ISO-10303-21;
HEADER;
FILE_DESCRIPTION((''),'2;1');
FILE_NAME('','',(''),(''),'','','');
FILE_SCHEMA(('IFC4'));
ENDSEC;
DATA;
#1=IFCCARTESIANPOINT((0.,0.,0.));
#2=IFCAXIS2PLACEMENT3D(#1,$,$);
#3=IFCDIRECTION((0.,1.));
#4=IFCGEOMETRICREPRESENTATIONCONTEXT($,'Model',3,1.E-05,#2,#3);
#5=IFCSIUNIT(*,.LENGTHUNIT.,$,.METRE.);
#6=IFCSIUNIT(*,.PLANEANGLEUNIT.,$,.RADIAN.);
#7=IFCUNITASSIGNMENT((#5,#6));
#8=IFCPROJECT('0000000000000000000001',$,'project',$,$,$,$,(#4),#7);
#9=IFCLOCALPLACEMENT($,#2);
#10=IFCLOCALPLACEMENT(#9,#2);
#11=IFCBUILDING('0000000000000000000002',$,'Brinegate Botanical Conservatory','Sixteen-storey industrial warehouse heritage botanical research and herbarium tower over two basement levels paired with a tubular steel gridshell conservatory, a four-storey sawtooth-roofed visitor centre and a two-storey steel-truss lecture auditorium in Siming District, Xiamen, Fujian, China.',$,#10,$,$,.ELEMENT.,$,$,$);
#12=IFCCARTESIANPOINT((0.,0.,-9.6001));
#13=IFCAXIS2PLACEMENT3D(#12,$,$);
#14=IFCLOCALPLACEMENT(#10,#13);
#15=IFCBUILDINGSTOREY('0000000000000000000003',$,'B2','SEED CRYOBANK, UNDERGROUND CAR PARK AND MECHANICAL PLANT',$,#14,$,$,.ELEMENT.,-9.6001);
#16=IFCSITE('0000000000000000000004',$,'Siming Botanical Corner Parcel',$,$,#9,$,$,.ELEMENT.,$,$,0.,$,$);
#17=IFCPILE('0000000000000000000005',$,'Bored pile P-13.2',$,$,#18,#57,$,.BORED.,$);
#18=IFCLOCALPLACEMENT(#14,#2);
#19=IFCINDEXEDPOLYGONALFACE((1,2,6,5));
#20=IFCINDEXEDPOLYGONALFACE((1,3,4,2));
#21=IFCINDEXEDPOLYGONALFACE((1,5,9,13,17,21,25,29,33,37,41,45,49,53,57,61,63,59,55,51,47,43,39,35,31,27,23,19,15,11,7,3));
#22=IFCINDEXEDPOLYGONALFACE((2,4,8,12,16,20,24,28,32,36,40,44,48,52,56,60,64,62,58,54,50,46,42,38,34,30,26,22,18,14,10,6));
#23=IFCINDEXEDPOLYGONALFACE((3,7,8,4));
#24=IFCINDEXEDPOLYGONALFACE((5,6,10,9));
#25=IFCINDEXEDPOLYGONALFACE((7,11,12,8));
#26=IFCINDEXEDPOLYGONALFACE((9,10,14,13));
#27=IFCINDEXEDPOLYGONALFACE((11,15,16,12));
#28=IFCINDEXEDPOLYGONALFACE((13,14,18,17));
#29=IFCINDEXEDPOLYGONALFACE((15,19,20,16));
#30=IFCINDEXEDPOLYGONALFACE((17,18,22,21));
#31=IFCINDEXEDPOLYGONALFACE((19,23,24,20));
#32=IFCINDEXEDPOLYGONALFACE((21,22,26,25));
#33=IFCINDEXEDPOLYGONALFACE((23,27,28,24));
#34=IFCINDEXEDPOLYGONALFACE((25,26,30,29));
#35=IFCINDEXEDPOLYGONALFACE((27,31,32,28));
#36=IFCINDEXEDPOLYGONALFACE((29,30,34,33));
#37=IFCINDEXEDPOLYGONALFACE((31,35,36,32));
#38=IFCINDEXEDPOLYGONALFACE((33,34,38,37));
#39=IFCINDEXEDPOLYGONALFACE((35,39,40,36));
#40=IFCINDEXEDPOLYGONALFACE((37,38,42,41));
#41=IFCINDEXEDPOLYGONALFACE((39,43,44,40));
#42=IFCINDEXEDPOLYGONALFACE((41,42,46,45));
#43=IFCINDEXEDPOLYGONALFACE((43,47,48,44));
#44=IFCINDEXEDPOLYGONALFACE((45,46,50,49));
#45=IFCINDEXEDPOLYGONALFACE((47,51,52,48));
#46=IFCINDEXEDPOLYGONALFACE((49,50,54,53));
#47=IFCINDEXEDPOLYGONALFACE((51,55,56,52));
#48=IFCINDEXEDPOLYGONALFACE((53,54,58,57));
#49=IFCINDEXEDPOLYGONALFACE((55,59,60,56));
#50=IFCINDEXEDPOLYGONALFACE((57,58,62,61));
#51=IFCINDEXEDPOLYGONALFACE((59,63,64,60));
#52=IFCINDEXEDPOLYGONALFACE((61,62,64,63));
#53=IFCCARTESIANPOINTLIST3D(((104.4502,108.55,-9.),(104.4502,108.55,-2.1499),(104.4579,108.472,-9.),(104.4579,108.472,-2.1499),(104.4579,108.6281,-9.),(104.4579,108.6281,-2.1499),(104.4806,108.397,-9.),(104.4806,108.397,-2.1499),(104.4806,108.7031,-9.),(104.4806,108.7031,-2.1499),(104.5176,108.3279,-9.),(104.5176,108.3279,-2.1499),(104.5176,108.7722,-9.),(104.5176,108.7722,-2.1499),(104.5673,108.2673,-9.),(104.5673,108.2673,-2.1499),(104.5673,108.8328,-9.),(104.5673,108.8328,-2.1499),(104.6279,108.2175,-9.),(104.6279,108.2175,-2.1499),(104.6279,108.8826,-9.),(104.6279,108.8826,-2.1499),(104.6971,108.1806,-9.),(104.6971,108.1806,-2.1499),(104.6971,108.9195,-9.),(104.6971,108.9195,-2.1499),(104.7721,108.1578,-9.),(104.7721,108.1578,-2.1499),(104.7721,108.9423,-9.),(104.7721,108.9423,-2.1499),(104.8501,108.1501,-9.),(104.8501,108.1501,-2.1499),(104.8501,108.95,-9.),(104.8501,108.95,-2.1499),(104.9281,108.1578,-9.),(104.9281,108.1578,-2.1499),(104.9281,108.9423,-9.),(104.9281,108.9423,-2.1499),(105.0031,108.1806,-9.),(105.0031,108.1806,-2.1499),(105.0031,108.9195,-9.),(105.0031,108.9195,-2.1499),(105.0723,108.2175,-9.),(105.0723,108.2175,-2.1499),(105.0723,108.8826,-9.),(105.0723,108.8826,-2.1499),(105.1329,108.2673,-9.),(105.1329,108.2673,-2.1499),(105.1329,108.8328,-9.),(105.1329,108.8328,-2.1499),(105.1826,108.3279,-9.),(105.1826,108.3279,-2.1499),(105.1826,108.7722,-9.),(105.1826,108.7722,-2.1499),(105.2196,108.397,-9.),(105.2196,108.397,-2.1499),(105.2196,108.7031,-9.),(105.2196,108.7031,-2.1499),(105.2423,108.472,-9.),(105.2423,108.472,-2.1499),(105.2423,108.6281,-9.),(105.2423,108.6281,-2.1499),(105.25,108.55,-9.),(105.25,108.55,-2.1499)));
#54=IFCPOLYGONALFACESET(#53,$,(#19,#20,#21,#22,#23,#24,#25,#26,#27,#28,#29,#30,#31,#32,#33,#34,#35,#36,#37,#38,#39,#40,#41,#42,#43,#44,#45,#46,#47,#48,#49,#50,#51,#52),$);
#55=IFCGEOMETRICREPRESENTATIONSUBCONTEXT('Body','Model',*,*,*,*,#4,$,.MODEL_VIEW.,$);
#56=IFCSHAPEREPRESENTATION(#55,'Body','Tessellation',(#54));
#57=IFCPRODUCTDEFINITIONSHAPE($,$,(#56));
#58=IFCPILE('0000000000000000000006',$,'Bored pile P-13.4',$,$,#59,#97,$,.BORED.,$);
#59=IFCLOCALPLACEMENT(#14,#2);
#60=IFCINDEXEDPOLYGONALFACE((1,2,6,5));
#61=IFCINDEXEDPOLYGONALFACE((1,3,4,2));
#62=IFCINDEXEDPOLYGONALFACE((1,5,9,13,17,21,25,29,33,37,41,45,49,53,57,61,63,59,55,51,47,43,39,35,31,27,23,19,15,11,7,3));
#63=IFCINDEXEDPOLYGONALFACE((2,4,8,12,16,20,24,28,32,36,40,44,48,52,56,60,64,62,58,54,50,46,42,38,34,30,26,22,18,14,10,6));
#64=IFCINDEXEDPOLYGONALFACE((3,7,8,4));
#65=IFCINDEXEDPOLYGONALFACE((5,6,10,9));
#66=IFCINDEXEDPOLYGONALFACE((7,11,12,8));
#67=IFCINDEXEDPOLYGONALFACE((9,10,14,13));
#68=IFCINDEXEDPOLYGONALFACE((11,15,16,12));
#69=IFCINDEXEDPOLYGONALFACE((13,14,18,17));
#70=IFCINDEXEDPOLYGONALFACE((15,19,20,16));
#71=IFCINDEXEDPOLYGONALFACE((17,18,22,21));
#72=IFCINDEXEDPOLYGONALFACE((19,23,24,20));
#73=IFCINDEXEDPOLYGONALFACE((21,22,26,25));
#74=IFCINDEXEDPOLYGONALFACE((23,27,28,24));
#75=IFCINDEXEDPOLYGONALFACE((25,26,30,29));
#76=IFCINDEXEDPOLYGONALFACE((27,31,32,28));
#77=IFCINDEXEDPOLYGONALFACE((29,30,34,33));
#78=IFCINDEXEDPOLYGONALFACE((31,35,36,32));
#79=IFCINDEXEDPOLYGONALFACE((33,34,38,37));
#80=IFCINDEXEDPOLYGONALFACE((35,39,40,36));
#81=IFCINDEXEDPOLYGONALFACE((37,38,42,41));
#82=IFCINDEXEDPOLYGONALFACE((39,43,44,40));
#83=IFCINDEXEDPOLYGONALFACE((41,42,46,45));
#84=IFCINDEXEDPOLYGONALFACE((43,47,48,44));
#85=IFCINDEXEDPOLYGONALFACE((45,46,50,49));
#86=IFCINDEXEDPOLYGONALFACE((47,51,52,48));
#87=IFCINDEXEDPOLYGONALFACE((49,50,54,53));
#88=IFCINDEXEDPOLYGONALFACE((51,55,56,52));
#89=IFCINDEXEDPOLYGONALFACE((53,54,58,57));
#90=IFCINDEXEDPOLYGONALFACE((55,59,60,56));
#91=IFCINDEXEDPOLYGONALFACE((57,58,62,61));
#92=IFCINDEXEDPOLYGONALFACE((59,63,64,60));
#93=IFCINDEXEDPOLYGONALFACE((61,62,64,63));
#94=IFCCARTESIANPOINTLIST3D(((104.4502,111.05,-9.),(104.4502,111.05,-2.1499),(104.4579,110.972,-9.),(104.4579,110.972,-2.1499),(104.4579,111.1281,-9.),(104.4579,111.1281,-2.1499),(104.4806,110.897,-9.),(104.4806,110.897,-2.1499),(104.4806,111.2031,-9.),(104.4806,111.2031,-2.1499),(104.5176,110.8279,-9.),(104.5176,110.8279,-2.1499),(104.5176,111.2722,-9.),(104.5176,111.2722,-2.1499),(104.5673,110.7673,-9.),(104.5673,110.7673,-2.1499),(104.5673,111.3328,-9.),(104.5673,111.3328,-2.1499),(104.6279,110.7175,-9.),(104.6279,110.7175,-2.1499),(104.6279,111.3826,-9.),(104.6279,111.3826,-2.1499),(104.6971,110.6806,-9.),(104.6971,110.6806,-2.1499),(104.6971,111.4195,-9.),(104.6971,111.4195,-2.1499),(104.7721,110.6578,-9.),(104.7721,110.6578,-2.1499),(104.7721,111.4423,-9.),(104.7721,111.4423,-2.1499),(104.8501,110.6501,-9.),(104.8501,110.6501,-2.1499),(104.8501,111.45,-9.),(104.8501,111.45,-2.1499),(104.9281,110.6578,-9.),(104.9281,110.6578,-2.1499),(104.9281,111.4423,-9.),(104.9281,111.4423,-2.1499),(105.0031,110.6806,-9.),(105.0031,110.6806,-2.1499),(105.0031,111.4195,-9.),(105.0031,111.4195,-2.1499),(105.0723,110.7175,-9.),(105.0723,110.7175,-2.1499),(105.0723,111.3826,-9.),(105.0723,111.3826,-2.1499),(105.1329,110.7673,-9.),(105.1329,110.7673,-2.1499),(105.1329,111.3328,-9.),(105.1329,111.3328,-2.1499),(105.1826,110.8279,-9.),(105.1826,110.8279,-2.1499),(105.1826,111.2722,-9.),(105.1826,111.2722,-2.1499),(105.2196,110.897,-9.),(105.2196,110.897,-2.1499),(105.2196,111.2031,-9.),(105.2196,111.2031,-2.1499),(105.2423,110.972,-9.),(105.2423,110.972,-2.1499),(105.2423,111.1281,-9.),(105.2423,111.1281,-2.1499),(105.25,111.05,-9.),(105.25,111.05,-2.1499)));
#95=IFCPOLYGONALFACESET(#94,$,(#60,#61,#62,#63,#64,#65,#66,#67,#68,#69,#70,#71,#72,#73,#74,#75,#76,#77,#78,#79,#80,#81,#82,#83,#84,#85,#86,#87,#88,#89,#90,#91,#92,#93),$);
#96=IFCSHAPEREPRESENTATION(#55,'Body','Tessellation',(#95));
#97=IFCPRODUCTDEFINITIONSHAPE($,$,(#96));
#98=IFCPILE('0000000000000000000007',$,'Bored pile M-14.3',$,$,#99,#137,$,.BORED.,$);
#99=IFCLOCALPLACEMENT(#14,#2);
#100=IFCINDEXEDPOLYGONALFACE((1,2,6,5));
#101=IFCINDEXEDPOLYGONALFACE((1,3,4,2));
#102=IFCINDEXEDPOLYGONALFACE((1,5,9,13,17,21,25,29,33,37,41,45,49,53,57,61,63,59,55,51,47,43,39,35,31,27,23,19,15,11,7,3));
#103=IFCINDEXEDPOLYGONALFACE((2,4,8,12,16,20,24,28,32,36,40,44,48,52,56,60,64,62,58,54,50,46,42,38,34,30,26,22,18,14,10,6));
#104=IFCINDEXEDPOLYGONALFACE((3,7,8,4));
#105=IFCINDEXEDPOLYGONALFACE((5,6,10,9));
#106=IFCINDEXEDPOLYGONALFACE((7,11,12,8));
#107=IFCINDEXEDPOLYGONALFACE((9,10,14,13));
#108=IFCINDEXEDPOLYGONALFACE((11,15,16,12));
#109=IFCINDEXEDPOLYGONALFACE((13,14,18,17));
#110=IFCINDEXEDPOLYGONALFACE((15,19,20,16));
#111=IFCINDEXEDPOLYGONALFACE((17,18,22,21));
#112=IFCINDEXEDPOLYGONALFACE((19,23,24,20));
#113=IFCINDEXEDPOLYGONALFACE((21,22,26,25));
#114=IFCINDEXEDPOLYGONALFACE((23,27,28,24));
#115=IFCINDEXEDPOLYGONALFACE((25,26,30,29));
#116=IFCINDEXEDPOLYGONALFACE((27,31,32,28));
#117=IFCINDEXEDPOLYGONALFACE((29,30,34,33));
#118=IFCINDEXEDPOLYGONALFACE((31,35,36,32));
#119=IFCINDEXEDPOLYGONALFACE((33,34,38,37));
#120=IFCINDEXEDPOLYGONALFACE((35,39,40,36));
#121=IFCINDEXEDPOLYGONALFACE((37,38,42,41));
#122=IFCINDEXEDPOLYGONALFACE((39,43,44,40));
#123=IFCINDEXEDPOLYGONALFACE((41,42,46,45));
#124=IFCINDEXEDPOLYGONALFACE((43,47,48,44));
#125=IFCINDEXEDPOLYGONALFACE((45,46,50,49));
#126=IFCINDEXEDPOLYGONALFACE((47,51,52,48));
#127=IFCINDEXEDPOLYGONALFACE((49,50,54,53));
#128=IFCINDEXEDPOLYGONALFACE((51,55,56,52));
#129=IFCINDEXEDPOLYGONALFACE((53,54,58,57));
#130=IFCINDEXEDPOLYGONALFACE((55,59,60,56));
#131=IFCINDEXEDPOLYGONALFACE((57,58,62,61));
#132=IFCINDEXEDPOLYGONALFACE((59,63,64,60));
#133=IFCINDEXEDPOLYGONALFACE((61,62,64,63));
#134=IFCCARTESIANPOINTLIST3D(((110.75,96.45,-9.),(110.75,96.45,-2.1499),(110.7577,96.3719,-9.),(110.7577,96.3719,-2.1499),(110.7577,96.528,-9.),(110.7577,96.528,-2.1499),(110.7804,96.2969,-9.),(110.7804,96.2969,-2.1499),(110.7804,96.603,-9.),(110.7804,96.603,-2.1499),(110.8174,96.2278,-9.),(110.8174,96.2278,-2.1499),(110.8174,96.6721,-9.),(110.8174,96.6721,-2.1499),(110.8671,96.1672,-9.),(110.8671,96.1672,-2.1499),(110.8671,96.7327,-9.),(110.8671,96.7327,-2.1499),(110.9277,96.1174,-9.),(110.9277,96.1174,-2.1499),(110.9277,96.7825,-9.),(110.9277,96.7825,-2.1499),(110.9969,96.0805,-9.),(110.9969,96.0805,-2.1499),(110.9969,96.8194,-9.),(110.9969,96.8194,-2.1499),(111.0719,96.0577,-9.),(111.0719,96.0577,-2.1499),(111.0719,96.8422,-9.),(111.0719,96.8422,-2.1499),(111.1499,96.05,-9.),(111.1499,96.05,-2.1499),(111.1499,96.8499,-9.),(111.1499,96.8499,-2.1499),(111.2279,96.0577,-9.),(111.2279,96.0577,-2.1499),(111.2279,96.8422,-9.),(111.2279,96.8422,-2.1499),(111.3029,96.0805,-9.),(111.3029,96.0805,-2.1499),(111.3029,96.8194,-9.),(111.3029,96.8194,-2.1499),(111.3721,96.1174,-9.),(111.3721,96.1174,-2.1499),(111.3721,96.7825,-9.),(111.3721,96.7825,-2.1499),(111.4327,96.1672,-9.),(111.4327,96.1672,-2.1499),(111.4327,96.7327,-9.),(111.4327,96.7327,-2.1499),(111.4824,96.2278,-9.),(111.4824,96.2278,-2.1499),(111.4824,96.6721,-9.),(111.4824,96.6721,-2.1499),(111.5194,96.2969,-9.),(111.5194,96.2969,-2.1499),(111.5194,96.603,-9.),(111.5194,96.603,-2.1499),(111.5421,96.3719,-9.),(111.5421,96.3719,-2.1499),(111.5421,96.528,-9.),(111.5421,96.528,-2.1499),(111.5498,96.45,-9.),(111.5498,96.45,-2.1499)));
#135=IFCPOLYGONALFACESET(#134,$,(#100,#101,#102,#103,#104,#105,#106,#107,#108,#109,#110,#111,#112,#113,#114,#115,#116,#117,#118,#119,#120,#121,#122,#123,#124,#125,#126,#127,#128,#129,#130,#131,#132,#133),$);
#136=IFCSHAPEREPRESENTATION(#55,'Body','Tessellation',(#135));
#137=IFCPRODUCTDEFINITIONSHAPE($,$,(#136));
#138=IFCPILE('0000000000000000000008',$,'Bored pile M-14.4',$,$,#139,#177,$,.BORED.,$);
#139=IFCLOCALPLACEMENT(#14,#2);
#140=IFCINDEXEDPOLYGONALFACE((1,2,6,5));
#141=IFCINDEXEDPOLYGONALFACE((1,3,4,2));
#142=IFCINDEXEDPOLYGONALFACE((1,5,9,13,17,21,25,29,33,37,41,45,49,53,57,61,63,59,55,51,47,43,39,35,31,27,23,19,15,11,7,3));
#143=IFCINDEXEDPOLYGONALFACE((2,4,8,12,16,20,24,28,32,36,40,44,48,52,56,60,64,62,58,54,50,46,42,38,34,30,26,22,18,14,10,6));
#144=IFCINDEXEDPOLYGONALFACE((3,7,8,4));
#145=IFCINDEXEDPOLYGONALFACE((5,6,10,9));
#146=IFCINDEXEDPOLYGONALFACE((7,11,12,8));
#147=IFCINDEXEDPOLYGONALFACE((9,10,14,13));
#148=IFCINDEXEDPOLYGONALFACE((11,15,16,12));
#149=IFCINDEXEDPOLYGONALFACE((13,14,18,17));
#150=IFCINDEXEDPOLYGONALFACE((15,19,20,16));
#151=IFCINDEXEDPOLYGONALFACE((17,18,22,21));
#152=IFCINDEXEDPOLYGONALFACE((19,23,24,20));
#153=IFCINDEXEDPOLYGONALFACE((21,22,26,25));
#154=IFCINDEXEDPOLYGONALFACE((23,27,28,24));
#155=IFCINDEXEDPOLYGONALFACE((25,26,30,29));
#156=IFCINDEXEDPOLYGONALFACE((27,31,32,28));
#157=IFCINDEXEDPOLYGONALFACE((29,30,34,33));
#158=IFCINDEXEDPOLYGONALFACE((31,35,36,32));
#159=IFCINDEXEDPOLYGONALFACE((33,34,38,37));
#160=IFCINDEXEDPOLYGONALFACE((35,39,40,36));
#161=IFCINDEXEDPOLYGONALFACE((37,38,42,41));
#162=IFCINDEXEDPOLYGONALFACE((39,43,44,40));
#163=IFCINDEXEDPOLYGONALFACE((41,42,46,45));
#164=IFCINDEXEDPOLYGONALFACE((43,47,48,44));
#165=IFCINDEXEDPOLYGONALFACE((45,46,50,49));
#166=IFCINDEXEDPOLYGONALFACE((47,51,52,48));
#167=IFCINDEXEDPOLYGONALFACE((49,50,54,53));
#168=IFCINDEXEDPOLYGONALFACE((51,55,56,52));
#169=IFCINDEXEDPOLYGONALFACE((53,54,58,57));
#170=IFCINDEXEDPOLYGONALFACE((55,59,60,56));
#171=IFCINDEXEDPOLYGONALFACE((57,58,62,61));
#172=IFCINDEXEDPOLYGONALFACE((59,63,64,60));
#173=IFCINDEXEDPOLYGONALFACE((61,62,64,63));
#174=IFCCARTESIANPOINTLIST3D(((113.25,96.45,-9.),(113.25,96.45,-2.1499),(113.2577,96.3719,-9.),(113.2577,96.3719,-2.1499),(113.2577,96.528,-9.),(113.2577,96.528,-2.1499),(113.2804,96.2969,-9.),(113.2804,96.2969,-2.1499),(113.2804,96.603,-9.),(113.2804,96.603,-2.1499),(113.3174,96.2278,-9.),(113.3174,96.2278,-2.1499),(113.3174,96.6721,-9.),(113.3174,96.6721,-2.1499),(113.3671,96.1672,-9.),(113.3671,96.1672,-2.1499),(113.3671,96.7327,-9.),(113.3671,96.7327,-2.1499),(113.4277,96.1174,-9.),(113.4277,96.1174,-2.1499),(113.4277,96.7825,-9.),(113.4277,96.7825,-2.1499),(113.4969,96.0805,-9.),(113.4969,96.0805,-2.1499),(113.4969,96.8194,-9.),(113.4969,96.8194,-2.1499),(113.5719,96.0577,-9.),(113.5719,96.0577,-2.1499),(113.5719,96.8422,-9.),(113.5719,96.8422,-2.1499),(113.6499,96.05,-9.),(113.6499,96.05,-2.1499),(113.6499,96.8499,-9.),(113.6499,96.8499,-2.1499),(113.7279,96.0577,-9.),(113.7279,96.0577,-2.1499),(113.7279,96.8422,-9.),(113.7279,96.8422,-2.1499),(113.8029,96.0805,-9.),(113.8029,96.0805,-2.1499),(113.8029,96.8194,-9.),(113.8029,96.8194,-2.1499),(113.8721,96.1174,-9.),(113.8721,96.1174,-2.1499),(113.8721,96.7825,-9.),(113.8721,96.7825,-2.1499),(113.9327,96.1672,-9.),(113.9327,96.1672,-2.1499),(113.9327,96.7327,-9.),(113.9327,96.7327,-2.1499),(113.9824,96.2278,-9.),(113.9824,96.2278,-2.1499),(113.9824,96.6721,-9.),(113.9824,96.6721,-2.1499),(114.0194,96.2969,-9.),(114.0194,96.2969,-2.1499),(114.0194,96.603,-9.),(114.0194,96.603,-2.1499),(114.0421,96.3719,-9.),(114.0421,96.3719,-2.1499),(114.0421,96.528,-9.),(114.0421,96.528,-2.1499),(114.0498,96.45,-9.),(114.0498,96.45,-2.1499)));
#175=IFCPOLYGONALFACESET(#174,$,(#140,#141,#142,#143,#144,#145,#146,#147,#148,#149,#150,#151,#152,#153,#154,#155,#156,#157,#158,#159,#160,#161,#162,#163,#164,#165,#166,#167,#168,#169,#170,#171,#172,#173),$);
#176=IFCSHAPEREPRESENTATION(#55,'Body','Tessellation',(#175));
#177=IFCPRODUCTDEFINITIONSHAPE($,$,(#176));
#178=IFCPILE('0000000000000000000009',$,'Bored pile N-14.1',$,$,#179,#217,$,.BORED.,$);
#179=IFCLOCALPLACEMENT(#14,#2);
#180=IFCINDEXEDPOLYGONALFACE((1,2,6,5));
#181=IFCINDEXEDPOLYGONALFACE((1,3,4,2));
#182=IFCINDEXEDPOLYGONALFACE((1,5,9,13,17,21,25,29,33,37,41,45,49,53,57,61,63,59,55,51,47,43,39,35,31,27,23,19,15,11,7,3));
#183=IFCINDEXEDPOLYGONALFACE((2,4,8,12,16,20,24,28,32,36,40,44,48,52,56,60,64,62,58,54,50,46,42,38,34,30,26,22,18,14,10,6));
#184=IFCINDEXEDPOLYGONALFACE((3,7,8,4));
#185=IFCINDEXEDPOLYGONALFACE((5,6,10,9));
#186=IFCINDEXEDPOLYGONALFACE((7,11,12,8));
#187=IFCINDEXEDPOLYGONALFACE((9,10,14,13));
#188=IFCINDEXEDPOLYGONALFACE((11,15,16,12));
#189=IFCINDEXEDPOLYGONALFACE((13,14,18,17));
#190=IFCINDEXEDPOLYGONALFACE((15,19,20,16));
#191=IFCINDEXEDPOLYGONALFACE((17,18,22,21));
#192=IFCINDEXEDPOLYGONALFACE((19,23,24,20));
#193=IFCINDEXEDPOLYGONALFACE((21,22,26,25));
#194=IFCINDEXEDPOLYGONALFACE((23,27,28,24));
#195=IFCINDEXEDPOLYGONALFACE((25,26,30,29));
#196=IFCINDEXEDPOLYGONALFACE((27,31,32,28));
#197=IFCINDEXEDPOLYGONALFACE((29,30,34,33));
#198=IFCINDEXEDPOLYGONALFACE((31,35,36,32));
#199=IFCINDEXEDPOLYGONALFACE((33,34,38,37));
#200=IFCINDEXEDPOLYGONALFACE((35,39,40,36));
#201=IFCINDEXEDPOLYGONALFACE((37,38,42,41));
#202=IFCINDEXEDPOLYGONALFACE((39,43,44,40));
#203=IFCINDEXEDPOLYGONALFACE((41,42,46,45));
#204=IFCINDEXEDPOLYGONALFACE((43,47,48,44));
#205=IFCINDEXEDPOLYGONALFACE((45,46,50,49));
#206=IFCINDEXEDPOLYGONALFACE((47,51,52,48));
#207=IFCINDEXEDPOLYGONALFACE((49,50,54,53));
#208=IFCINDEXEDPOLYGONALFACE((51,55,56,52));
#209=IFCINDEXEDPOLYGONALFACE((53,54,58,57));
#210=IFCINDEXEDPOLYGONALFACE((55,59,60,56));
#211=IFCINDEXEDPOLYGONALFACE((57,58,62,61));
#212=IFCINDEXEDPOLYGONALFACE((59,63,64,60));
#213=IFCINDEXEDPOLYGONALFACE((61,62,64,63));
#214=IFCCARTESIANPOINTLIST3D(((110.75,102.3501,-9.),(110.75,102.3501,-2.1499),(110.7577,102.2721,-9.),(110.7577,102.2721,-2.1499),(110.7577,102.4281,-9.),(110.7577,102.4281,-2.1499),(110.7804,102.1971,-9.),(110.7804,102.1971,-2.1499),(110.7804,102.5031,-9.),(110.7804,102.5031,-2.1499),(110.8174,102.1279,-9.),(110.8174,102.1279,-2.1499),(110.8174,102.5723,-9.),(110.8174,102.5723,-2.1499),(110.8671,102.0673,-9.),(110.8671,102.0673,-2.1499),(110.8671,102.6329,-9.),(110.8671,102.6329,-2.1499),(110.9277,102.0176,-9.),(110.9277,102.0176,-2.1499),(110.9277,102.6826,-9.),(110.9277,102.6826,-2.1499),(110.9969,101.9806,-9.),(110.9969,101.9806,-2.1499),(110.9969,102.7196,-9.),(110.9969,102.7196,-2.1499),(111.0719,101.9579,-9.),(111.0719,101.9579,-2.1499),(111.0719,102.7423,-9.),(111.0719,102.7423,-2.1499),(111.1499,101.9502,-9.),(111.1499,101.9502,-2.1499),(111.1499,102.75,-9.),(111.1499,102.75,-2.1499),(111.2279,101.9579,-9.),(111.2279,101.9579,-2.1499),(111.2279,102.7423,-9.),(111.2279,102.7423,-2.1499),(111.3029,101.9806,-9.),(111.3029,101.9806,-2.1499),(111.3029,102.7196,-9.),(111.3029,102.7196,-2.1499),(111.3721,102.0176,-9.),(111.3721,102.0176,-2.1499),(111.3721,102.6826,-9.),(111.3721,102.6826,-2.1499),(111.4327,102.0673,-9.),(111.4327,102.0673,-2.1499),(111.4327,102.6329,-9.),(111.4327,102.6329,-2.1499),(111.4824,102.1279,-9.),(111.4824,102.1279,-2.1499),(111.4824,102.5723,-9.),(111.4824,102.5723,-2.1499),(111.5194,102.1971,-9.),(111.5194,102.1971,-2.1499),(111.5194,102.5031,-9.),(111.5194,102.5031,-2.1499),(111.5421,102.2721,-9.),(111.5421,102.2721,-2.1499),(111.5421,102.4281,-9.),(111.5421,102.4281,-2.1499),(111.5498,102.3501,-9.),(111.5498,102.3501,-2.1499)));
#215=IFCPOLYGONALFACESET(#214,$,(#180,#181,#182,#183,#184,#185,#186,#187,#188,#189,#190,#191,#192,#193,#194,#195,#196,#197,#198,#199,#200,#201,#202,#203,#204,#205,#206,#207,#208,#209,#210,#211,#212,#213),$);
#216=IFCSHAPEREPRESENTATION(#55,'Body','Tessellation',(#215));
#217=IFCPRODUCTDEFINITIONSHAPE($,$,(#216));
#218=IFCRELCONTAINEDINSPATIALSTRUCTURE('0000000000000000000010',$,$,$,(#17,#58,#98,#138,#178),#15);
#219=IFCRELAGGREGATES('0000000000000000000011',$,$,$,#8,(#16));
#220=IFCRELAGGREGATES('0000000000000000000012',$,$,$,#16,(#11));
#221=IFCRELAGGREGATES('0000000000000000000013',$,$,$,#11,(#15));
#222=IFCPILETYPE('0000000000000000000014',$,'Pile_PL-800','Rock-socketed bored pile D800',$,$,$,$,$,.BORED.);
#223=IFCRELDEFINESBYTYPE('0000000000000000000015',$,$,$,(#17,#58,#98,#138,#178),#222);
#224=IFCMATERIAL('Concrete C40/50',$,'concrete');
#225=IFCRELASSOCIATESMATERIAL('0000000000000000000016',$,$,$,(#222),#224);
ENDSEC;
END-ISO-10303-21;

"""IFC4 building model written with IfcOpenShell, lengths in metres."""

from ifc_helpers import new_model, si_unit, direction, frame, origin, origin_2d, place, context, subcontext, project, spatial, circle, extrude, material, material_profile, profile_set, type_object, element, save


model = new_model("IFC4")

# Units and contexts
model_context = context("Model", 3, precision=1e-05, world=origin(), true_north=direction((0.0, 1.0)))
body_context = subcontext(model_context, "Body", "Model", "MODEL_VIEW")
ifc_project = project(units=[si_unit("LENGTHUNIT", "METRE"), si_unit("PLANEANGLEUNIT", "RADIAN")], contexts=[model_context])

# Site, building, storey
site_placement = place(None, origin())
site = spatial("IfcSite", under=ifc_project, at=site_placement, Name="Siming Botanical Corner Parcel", CompositionType="ELEMENT", RefElevation=0.0)
building_placement = place(site_placement, origin())
building = spatial("IfcBuilding", under=site, at=building_placement, Name="Brinegate Botanical Conservatory", Description="Sixteen-storey industrial warehouse heritage botanical research and herbarium tower over two basement levels paired with a tubular steel gridshell conservatory, a four-storey sawtooth-roofed visitor centre and a two-storey steel-truss lecture auditorium in Siming District, Xiamen, Fujian, China.", CompositionType="ELEMENT")
storey_placement = place(building_placement, frame((0.0, 0.0, -9.6001)))
storey = spatial("IfcBuildingStorey", under=building, at=storey_placement, Name="B2", Description="SEED CRYOBANK, UNDERGROUND CAR PARK AND MECHANICAL PLANT", CompositionType="ELEMENT", Elevation=-9.6001)

# Shared definitions
ifc_material = material(Name="Concrete C40/50", Category="concrete")

# Piles
ifc_material_profile_1 = material_profile(ifc_material, circle(Radius=0.3999, at=origin_2d()), Name="PILE D800")
ifc_profile_set_1 = profile_set([ifc_material_profile_1], Name="Concrete C40/50")
pile_type_1 = type_object("IfcPileType", Name="Pile_PL-800", Description="Rock-socketed bored pile D800", PredefinedType="BORED", material=ifc_profile_set_1)
for number, where, z_axis, x_axis, name in (
    (1, (104.8501, 108.55, -2.1499), (0.0, 0.0, -1.0), (1.0, 0.0, 0.0), "Bored pile P-13.2"),
    (2, (104.8501, 111.05, -2.1499), (0.0, 0.0, -1.0), (1.0, 0.0, 0.0), "Bored pile P-13.4"),
    (3, (111.1499, 96.45, -2.1499), (0.0, 0.0, -1.0), (1.0, 0.0, 0.0), "Bored pile M-14.3"),
    (4, (113.6499, 96.45, -2.1499), (0.0, 0.0, -1.0), (1.0, 0.0, 0.0), "Bored pile M-14.4"),
    (5, (111.1499, 102.3501, -2.1499), (0.0, 0.0, -1.0), (1.0, 0.0, 0.0), "Bored pile N-14.1"),
):
    element("IfcPile", number, at=place(storey_placement, frame(where, z_axis=z_axis, x_axis=x_axis)), inside=storey, type_object=pile_type_1, Name=name, PredefinedType="BORED", context=body_context, shape_type="SweptSolid", body=[
        extrude(circle(Radius=0.3999, at=origin_2d()), origin(), (0.0, 0.0, 1.0), 6.8501),
    ])

save(model, "model.ifc")
